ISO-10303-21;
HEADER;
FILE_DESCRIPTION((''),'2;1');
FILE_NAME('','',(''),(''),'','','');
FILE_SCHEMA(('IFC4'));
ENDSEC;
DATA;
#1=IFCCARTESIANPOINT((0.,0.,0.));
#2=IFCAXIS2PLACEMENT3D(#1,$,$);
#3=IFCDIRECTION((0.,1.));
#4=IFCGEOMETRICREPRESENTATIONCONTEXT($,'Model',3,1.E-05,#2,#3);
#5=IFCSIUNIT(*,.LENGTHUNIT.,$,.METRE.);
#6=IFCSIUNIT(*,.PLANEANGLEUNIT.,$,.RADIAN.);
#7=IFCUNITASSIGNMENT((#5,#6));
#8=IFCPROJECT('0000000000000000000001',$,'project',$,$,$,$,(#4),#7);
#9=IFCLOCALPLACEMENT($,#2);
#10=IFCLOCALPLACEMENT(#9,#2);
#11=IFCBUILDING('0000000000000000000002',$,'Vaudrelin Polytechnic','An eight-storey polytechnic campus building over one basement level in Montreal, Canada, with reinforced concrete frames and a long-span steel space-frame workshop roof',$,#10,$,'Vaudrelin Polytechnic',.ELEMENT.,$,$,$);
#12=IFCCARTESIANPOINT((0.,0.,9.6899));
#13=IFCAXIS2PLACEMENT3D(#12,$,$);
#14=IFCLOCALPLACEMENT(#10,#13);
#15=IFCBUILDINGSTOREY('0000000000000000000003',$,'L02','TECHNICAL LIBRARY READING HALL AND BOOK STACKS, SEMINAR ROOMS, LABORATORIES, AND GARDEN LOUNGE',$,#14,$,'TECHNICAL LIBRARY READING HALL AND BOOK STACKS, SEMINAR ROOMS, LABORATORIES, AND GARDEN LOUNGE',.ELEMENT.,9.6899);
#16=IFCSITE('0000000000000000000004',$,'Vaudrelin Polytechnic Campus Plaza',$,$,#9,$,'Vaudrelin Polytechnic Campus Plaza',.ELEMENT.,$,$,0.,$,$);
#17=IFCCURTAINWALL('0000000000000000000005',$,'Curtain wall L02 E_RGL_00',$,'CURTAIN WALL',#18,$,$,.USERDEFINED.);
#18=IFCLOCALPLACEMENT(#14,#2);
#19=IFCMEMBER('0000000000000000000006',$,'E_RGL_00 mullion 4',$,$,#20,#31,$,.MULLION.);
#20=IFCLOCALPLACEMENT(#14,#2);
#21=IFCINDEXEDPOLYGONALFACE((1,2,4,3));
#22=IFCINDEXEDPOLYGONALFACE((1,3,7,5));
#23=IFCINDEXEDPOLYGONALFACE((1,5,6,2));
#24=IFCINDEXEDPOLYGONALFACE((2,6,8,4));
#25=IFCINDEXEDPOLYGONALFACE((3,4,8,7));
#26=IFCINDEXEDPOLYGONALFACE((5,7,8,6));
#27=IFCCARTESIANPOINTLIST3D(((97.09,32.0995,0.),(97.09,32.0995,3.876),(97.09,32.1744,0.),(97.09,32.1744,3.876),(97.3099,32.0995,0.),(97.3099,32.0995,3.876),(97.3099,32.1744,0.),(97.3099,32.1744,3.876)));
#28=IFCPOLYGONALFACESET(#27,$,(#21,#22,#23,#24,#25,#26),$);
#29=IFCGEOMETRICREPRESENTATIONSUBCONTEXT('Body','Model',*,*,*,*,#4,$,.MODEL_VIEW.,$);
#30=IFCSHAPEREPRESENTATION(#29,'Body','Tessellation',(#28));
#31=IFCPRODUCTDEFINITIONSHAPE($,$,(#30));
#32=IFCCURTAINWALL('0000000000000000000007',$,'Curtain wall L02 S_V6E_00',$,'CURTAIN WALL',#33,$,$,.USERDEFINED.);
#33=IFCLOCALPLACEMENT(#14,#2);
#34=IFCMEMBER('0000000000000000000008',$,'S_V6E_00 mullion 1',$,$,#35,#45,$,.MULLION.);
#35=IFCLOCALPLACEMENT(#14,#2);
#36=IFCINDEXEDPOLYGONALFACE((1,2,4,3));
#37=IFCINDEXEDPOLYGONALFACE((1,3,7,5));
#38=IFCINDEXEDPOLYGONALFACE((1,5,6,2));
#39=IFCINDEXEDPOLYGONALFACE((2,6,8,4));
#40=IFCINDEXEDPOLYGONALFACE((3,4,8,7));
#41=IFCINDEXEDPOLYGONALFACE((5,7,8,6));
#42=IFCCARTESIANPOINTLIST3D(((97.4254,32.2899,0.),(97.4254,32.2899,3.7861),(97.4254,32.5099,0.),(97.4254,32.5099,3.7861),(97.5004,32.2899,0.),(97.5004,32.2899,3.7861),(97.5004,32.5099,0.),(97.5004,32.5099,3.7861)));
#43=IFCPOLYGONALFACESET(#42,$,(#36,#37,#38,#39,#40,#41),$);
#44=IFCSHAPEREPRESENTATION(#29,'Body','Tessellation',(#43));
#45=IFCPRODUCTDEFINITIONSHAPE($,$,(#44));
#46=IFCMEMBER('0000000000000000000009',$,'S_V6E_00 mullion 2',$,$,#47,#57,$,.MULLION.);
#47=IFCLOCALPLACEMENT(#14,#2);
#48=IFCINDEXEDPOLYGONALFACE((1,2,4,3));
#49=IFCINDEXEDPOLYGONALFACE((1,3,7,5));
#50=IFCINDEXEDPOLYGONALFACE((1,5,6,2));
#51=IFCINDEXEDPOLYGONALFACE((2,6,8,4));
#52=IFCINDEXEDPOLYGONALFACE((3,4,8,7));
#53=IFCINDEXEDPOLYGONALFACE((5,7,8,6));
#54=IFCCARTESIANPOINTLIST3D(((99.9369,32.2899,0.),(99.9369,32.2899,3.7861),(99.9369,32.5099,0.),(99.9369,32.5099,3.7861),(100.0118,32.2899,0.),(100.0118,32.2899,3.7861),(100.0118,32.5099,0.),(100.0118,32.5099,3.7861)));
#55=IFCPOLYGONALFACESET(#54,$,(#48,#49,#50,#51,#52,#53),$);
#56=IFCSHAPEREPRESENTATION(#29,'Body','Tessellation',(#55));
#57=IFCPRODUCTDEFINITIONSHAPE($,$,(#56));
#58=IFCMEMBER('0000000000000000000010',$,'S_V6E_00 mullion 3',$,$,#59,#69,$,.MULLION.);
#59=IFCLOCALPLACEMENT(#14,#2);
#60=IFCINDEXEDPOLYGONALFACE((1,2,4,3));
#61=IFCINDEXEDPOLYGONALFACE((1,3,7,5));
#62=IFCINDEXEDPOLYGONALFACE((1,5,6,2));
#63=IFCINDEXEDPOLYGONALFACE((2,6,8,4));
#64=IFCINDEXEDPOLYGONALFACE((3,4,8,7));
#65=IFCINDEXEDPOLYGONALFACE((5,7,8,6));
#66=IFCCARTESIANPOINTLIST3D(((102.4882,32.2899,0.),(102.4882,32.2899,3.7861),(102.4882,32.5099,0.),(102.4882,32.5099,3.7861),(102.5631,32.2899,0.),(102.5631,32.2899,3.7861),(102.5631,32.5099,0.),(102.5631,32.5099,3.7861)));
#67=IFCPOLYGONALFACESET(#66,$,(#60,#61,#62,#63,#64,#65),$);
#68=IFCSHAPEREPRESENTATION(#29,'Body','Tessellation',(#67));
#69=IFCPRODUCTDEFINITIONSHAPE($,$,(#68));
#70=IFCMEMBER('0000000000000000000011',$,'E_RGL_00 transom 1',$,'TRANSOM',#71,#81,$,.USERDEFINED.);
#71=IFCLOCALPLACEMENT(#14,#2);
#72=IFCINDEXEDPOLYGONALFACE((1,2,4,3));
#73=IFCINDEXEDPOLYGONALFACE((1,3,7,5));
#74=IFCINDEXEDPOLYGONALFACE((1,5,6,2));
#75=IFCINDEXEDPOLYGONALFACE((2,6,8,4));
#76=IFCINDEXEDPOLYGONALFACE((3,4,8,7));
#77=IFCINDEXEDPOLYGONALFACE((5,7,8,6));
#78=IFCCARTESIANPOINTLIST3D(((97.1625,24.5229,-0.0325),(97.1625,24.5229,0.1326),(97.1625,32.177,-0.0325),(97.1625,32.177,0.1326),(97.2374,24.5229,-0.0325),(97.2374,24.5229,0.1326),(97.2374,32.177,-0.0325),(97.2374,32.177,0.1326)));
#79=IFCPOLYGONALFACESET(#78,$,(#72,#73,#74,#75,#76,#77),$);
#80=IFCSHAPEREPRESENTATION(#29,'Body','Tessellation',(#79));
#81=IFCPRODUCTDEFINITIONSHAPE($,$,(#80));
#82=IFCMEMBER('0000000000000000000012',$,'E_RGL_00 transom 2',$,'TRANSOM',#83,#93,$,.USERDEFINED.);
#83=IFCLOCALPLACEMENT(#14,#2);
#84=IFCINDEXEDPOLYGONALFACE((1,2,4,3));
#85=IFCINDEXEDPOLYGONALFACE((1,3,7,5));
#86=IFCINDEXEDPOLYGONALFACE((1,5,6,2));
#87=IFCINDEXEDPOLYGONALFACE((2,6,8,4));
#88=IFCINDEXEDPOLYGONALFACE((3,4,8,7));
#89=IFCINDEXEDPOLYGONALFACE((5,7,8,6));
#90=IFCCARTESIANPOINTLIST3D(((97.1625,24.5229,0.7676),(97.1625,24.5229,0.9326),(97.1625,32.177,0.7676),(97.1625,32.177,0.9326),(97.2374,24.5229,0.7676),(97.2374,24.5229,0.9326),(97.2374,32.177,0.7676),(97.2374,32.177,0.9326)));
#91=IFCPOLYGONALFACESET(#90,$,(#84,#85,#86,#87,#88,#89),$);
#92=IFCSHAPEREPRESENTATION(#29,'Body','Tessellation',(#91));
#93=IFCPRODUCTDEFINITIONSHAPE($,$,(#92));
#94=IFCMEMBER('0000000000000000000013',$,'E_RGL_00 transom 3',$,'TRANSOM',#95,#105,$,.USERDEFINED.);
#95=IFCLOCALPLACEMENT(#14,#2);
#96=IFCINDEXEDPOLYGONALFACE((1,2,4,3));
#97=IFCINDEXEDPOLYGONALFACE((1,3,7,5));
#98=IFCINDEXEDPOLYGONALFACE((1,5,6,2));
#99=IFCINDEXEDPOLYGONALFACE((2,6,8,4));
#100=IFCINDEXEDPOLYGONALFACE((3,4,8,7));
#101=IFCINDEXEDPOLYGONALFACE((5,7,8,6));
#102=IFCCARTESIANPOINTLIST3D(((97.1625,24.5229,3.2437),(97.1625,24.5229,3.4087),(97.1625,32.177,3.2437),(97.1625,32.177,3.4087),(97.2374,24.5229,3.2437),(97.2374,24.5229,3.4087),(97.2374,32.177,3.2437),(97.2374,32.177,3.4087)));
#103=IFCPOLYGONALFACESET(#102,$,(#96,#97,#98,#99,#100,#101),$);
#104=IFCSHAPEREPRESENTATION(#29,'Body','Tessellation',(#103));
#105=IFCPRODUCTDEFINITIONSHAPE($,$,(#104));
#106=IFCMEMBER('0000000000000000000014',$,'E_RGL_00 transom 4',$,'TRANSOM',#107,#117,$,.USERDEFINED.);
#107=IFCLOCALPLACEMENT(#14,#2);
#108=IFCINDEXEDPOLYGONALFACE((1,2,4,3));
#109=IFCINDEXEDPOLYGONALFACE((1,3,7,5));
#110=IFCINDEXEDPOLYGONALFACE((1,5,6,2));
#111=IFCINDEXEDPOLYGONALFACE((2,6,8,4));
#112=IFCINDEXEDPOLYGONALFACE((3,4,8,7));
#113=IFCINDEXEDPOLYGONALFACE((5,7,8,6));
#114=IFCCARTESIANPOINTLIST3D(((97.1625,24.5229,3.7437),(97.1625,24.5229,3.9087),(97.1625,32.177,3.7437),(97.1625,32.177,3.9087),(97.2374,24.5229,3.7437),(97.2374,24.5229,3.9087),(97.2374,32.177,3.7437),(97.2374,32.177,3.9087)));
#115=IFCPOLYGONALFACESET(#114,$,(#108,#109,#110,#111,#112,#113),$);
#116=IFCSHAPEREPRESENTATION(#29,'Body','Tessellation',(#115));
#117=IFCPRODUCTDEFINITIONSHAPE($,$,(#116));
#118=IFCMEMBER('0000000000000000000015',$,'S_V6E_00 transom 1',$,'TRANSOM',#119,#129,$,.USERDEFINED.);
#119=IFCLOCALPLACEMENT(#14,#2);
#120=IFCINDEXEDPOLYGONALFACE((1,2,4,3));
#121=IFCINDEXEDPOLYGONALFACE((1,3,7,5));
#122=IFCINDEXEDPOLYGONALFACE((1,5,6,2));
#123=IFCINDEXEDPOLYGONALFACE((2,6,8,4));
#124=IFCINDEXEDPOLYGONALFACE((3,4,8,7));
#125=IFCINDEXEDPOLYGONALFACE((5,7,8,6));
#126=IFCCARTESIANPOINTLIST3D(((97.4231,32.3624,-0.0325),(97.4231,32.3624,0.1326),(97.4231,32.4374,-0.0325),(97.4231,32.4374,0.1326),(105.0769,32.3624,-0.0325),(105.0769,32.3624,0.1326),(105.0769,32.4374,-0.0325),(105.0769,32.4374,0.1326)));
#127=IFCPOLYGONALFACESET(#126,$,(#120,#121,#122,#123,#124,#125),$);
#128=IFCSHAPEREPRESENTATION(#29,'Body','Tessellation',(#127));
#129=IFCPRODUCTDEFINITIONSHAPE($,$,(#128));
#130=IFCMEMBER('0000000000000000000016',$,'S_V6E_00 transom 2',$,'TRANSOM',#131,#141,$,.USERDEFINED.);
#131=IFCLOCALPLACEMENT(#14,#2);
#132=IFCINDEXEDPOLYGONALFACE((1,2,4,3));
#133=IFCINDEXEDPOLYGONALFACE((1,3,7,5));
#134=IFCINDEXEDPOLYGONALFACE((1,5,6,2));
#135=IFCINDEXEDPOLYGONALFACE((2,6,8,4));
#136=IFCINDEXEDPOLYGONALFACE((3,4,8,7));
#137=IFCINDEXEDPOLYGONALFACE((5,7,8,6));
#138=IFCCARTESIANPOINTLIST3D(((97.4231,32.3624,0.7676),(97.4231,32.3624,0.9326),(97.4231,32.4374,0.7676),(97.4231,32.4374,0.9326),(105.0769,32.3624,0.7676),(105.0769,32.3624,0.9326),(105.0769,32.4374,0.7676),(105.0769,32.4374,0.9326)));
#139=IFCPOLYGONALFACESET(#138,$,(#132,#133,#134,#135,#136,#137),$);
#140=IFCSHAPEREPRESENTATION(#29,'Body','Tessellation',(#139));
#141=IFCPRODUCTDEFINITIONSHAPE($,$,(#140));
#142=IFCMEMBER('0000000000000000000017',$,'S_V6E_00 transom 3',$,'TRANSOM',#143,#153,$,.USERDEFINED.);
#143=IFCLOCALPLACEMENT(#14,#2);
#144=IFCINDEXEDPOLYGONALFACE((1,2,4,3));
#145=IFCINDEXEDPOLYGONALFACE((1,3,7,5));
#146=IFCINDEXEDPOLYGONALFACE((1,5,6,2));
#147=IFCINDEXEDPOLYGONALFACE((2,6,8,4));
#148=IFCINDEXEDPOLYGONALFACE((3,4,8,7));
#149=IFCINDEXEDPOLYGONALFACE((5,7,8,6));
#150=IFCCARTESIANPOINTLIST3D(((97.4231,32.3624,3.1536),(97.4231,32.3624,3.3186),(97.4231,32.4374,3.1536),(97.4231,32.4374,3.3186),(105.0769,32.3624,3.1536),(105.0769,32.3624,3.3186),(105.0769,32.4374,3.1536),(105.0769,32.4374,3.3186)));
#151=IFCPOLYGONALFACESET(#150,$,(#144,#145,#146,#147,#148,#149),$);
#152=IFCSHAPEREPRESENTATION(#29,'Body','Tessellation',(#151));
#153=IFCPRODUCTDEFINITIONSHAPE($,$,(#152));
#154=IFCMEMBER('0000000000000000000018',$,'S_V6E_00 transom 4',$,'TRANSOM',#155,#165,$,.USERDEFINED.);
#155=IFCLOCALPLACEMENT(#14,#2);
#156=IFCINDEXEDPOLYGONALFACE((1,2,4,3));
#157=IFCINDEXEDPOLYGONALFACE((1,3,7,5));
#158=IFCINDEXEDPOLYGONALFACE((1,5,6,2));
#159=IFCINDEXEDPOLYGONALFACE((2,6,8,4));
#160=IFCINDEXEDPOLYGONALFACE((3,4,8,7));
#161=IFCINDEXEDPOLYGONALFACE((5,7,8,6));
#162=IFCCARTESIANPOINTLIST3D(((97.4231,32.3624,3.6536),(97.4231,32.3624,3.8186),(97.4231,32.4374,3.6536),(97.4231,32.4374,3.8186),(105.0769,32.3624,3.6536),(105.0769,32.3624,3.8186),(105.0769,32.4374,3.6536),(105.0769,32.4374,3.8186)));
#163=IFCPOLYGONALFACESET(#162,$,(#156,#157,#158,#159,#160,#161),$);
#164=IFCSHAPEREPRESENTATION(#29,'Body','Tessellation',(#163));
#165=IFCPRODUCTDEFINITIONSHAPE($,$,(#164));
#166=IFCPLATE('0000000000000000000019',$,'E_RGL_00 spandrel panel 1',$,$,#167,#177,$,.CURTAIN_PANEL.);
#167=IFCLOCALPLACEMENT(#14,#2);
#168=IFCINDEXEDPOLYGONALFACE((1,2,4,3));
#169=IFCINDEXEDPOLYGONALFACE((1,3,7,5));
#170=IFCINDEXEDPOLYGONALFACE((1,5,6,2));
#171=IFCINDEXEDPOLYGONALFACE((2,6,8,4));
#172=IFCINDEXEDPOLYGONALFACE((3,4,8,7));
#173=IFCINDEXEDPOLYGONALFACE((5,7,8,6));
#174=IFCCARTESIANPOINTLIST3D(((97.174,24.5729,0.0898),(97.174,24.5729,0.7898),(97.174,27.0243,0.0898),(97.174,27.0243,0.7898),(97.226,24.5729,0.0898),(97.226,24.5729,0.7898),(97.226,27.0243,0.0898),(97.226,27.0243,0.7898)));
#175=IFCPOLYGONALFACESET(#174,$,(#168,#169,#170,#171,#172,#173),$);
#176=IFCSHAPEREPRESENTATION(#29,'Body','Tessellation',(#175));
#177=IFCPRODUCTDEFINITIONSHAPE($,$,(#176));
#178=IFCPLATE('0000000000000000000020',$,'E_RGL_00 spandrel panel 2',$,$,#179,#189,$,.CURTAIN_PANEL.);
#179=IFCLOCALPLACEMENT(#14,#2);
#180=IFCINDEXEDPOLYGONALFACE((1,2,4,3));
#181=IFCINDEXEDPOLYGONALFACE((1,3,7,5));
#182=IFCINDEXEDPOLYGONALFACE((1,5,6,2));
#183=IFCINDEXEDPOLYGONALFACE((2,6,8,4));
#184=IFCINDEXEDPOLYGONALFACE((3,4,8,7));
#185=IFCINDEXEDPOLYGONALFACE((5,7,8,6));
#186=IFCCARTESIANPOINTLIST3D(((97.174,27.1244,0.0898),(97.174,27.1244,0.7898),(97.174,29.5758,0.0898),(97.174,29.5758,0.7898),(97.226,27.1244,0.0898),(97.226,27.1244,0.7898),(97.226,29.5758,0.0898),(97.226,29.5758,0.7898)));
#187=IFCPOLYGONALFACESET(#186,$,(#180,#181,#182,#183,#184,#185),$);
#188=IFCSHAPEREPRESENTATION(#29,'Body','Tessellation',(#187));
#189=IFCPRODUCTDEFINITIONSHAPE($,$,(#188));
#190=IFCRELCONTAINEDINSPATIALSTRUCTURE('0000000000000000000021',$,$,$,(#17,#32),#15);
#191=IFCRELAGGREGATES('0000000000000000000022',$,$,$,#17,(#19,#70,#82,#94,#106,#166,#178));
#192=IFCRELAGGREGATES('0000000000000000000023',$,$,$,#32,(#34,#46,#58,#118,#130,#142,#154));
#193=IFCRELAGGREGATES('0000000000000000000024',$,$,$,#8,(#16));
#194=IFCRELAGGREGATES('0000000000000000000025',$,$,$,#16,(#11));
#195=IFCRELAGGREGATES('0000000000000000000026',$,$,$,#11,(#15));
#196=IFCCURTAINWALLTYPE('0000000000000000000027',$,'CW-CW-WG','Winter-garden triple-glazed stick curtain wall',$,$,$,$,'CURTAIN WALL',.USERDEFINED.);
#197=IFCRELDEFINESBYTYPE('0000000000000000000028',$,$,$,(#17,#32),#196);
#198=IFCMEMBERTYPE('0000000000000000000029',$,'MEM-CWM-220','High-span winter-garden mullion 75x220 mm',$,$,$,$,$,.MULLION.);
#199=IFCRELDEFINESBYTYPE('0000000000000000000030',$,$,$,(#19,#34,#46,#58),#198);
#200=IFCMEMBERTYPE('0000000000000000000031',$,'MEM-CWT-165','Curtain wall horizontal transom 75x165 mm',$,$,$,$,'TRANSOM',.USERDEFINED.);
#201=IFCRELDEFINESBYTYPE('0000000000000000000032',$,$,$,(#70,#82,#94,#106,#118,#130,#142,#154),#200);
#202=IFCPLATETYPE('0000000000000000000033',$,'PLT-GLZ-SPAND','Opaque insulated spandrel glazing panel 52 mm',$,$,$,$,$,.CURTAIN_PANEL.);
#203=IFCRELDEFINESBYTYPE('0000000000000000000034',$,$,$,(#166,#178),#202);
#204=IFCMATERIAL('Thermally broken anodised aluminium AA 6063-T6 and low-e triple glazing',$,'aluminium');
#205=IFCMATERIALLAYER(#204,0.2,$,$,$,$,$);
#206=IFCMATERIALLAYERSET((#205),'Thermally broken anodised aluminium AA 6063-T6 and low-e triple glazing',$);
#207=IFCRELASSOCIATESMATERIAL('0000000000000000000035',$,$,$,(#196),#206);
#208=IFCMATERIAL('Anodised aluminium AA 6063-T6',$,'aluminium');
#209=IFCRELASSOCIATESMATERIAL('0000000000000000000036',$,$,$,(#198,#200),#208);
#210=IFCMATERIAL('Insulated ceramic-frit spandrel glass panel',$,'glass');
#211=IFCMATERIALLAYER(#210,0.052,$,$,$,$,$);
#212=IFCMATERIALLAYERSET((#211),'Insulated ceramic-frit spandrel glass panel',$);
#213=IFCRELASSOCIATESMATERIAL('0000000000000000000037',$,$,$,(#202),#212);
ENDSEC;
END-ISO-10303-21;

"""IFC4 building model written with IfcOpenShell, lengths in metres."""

from ifc_helpers import new_model, si_unit, direction, frame, origin, origin_2d, place, context, subcontext, project, spatial, rectangle, extrude, material, layer, layer_set, material_profile, profile_set, type_object, element, aggregate, save


model = new_model("IFC4")

# Units and contexts
model_context = context("Model", 3, precision=1e-05, world=origin(), true_north=direction((0.0, 1.0)))
body_context = subcontext(model_context, "Body", "Model", "MODEL_VIEW")
ifc_project = project(units=[si_unit("LENGTHUNIT", "METRE"), si_unit("PLANEANGLEUNIT", "RADIAN")], contexts=[model_context])

# Site, building, storey
site_placement = place(None, origin())
site = spatial("IfcSite", under=ifc_project, at=site_placement, Name="Vaudrelin Polytechnic Campus Plaza", LongName="Vaudrelin Polytechnic Campus Plaza", CompositionType="ELEMENT", RefElevation=0.0)
building_placement = place(site_placement, origin())
building = spatial("IfcBuilding", under=site, at=building_placement, Name="Vaudrelin Polytechnic", Description="An eight-storey polytechnic campus building over one basement level in Montreal, Canada, with reinforced concrete frames and a long-span steel space-frame workshop roof", LongName="Vaudrelin Polytechnic", CompositionType="ELEMENT")
storey_placement = place(building_placement, frame((0.0, 0.0, 9.6899)))
storey = spatial("IfcBuildingStorey", under=building, at=storey_placement, Name="L02", Description="TECHNICAL LIBRARY READING HALL AND BOOK STACKS, SEMINAR ROOMS, LABORATORIES, AND GARDEN LOUNGE", LongName="TECHNICAL LIBRARY READING HALL AND BOOK STACKS, SEMINAR ROOMS, LABORATORIES, AND GARDEN LOUNGE", CompositionType="ELEMENT", Elevation=9.6899)

# Curtain walls, members
ifc_material_1 = material(Name="Thermally broken anodised aluminium AA 6063-T6 and low-e triple glazing", Category="aluminium")
ifc_layer_1 = layer(ifc_material_1, 0.2)
ifc_layer_set_1 = layer_set([ifc_layer_1], Name="Thermally broken anodised aluminium AA 6063-T6 and low-e triple glazing")
curtain_wall_type = type_object("IfcCurtainWallType", Name="CW-CW-WG", Description="Winter-garden triple-glazed stick curtain wall", ElementType="CURTAIN WALL", PredefinedType="USERDEFINED", material=ifc_layer_set_1)
curtain_wall_1_placement = place(storey_placement, origin())
curtain_wall_1 = element("IfcCurtainWall", 1, at=curtain_wall_1_placement, inside=storey, type_object=curtain_wall_type, Name="Curtain wall L02 E_RGL_00", ObjectType="CURTAIN WALL", PredefinedType="USERDEFINED")
ifc_material_2 = material(Name="Anodised aluminium AA 6063-T6", Category="aluminium")
ifc_material_profile_1 = material_profile(ifc_material_2, rectangle(XDim=0.075, YDim=0.22, at=origin_2d()), Name="CWM-75x220")
ifc_profile_set_1 = profile_set([ifc_material_profile_1], Name="Anodised aluminium AA 6063-T6")
member_type_1 = type_object("IfcMemberType", Name="MEM-CWM-220", Description="High-span winter-garden mullion 75x220 mm", PredefinedType="MULLION", material=ifc_profile_set_1)
member_1_placement = place(storey_placement, frame((97.2, 32.137, 0.0), z_axis=(0.0, 0.0, 1.0), x_axis=(0.0, 1.0, 0.0)))
member_1 = element("IfcMember", 2, at=member_1_placement, type_object=member_type_1, Name="E_RGL_00 mullion 4", PredefinedType="MULLION", context=body_context, shape_type="SweptSolid", body=[
    extrude(rectangle(XDim=0.075, YDim=0.22, at=origin_2d()), origin(), (0.0, 0.0, 1.0), 3.876),
])
curtain_wall_2_placement = place(storey_placement, origin())
curtain_wall_2 = element("IfcCurtainWall", 3, at=curtain_wall_2_placement, inside=storey, type_object=curtain_wall_type, Name="Curtain wall L02 S_V6E_00", ObjectType="CURTAIN WALL", PredefinedType="USERDEFINED")
member_2_placement = place(storey_placement, frame((97.4629, 32.3999, 0.0), z_axis=(0.0, 0.0, 1.0), x_axis=(1.0, 0.0, 0.0)))
member_2 = element("IfcMember", 4, at=member_2_placement, type_object=member_type_1, Name="S_V6E_00 mullion 1", PredefinedType="MULLION", context=body_context, shape_type="SweptSolid", body=[
    extrude(rectangle(XDim=0.075, YDim=0.22, at=origin_2d()), origin(), (0.0, 0.0, 1.0), 3.7861),
])
member_3_placement = place(storey_placement, frame((99.9744, 32.3999, 0.0), z_axis=(0.0, 0.0, 1.0), x_axis=(1.0, 0.0, 0.0)))
member_3 = element("IfcMember", 5, at=member_3_placement, type_object=member_type_1, Name="S_V6E_00 mullion 2", PredefinedType="MULLION", context=body_context, shape_type="SweptSolid", body=[
    extrude(rectangle(XDim=0.075, YDim=0.22, at=origin_2d()), origin(), (0.0, 0.0, 1.0), 3.7861),
])
member_4_placement = place(storey_placement, frame((102.5256, 32.3999, 0.0), z_axis=(0.0, 0.0, 1.0), x_axis=(1.0, 0.0, 0.0)))
member_4 = element("IfcMember", 6, at=member_4_placement, type_object=member_type_1, Name="S_V6E_00 mullion 3", PredefinedType="MULLION", context=body_context, shape_type="SweptSolid", body=[
    extrude(rectangle(XDim=0.075, YDim=0.22, at=origin_2d()), origin(), (0.0, 0.0, 1.0), 3.7861),
])

# Members
ifc_material_profile_2 = material_profile(ifc_material_2, rectangle(XDim=0.075, YDim=0.165, at=origin_2d()), Name="CWT-75x165")
ifc_profile_set_2 = profile_set([ifc_material_profile_2], Name="Anodised aluminium AA 6063-T6")
member_type_2 = type_object("IfcMemberType", Name="MEM-CWT-165", Description="Curtain wall horizontal transom 75x165 mm", ElementType="TRANSOM", PredefinedType="USERDEFINED", material=ifc_profile_set_2)
member_5_placement = place(storey_placement, frame((97.2, 24.5229, 0.05), z_axis=(0.0, 1.0, 0.0), x_axis=(-1.0, 0.0, 0.0)))
member_5 = element("IfcMember", 7, at=member_5_placement, type_object=member_type_2, Name="E_RGL_00 transom 1", ObjectType="TRANSOM", PredefinedType="USERDEFINED", context=body_context, shape_type="SweptSolid", body=[
    extrude(rectangle(XDim=0.075, YDim=0.165, at=origin_2d()), origin(), (0.0, 0.0, 1.0), 7.6541),
])
member_6_placement = place(storey_placement, frame((97.2, 24.5229, 0.8501), z_axis=(0.0, 1.0, 0.0), x_axis=(-1.0, 0.0, 0.0)))
member_6 = element("IfcMember", 8, at=member_6_placement, type_object=member_type_2, Name="E_RGL_00 transom 2", ObjectType="TRANSOM", PredefinedType="USERDEFINED", context=body_context, shape_type="SweptSolid", body=[
    extrude(rectangle(XDim=0.075, YDim=0.165, at=origin_2d()), origin(), (0.0, 0.0, 1.0), 7.6541),
])
member_7_placement = place(storey_placement, frame((97.2, 24.5229, 3.3262), z_axis=(0.0, 1.0, 0.0), x_axis=(-1.0, 0.0, 0.0)))
member_7 = element("IfcMember", 9, at=member_7_placement, type_object=member_type_2, Name="E_RGL_00 transom 3", ObjectType="TRANSOM", PredefinedType="USERDEFINED", context=body_context, shape_type="SweptSolid", body=[
    extrude(rectangle(XDim=0.075, YDim=0.165, at=origin_2d()), origin(), (0.0, 0.0, 1.0), 7.6541),
])
member_8_placement = place(storey_placement, frame((97.2, 24.5229, 3.8262), z_axis=(0.0, 1.0, 0.0), x_axis=(-1.0, 0.0, 0.0)))
member_8 = element("IfcMember", 10, at=member_8_placement, type_object=member_type_2, Name="E_RGL_00 transom 4", ObjectType="TRANSOM", PredefinedType="USERDEFINED", context=body_context, shape_type="SweptSolid", body=[
    extrude(rectangle(XDim=0.075, YDim=0.165, at=origin_2d()), origin(), (0.0, 0.0, 1.0), 7.6541),
])
member_9_placement = place(storey_placement, frame((97.4231, 32.3999, 0.05), z_axis=(1.0, 0.0, 0.0), x_axis=(0.0, 1.0, 0.0)))
member_9 = element("IfcMember", 11, at=member_9_placement, type_object=member_type_2, Name="S_V6E_00 transom 1", ObjectType="TRANSOM", PredefinedType="USERDEFINED", context=body_context, shape_type="SweptSolid", body=[
    extrude(rectangle(XDim=0.075, YDim=0.165, at=origin_2d()), origin(), (0.0, 0.0, 1.0), 7.6538),
])
member_10_placement = place(storey_placement, frame((97.4231, 32.3999, 0.8501), z_axis=(1.0, 0.0, 0.0), x_axis=(0.0, 1.0, 0.0)))
member_10 = element("IfcMember", 12, at=member_10_placement, type_object=member_type_2, Name="S_V6E_00 transom 2", ObjectType="TRANSOM", PredefinedType="USERDEFINED", context=body_context, shape_type="SweptSolid", body=[
    extrude(rectangle(XDim=0.075, YDim=0.165, at=origin_2d()), origin(), (0.0, 0.0, 1.0), 7.6538),
])
member_11_placement = place(storey_placement, frame((97.4231, 32.3999, 3.2361), z_axis=(1.0, 0.0, 0.0), x_axis=(0.0, 1.0, 0.0)))
member_11 = element("IfcMember", 13, at=member_11_placement, type_object=member_type_2, Name="S_V6E_00 transom 3", ObjectType="TRANSOM", PredefinedType="USERDEFINED", context=body_context, shape_type="SweptSolid", body=[
    extrude(rectangle(XDim=0.075, YDim=0.165, at=origin_2d()), origin(), (0.0, 0.0, 1.0), 7.6538),
])
member_12_placement = place(storey_placement, frame((97.4231, 32.3999, 3.7361), z_axis=(1.0, 0.0, 0.0), x_axis=(0.0, 1.0, 0.0)))
member_12 = element("IfcMember", 14, at=member_12_placement, type_object=member_type_2, Name="S_V6E_00 transom 4", ObjectType="TRANSOM", PredefinedType="USERDEFINED", context=body_context, shape_type="SweptSolid", body=[
    extrude(rectangle(XDim=0.075, YDim=0.165, at=origin_2d()), origin(), (0.0, 0.0, 1.0), 7.6538),
])

# Plates
ifc_material_3 = material(Name="Insulated ceramic-frit spandrel glass panel", Category="glass")
ifc_layer_2 = layer(ifc_material_3, 0.052)
ifc_layer_set_2 = layer_set([ifc_layer_2], Name="Insulated ceramic-frit spandrel glass panel")
plate_type_1 = type_object("IfcPlateType", Name="PLT-GLZ-SPAND", Description="Opaque insulated spandrel glazing panel 52 mm", PredefinedType="CURTAIN_PANEL", material=ifc_layer_set_2)
plate_1_placement = place(storey_placement, frame((97.2, 25.7986, 0.0898), z_axis=(0.0, 0.0, 1.0), x_axis=(0.0, 1.0, 0.0)))
plate_1 = element("IfcPlate", 15, at=plate_1_placement, type_object=plate_type_1, Name="E_RGL_00 spandrel panel 1", PredefinedType="CURTAIN_PANEL", context=body_context, shape_type="SweptSolid", body=[
    extrude(rectangle(XDim=2.4514, YDim=0.052, at=origin_2d()), origin(), (0.0, 0.0, 1.0), 0.7),
])
plate_2_placement = place(storey_placement, frame((97.2, 28.3501, 0.0898), z_axis=(0.0, 0.0, 1.0), x_axis=(0.0, 1.0, 0.0)))
plate_2 = element("IfcPlate", 16, at=plate_2_placement, type_object=plate_type_1, Name="E_RGL_00 spandrel panel 2", PredefinedType="CURTAIN_PANEL", context=body_context, shape_type="SweptSolid", body=[
    extrude(rectangle(XDim=2.4514, YDim=0.052, at=origin_2d()), origin(), (0.0, 0.0, 1.0), 0.7),
])
aggregate(curtain_wall_1, [member_1, member_5, member_6, member_7, member_8, plate_1, plate_2])
aggregate(curtain_wall_2, [member_2, member_3, member_4, member_9, member_10, member_11, member_12])

save(model, "model.ifc")
